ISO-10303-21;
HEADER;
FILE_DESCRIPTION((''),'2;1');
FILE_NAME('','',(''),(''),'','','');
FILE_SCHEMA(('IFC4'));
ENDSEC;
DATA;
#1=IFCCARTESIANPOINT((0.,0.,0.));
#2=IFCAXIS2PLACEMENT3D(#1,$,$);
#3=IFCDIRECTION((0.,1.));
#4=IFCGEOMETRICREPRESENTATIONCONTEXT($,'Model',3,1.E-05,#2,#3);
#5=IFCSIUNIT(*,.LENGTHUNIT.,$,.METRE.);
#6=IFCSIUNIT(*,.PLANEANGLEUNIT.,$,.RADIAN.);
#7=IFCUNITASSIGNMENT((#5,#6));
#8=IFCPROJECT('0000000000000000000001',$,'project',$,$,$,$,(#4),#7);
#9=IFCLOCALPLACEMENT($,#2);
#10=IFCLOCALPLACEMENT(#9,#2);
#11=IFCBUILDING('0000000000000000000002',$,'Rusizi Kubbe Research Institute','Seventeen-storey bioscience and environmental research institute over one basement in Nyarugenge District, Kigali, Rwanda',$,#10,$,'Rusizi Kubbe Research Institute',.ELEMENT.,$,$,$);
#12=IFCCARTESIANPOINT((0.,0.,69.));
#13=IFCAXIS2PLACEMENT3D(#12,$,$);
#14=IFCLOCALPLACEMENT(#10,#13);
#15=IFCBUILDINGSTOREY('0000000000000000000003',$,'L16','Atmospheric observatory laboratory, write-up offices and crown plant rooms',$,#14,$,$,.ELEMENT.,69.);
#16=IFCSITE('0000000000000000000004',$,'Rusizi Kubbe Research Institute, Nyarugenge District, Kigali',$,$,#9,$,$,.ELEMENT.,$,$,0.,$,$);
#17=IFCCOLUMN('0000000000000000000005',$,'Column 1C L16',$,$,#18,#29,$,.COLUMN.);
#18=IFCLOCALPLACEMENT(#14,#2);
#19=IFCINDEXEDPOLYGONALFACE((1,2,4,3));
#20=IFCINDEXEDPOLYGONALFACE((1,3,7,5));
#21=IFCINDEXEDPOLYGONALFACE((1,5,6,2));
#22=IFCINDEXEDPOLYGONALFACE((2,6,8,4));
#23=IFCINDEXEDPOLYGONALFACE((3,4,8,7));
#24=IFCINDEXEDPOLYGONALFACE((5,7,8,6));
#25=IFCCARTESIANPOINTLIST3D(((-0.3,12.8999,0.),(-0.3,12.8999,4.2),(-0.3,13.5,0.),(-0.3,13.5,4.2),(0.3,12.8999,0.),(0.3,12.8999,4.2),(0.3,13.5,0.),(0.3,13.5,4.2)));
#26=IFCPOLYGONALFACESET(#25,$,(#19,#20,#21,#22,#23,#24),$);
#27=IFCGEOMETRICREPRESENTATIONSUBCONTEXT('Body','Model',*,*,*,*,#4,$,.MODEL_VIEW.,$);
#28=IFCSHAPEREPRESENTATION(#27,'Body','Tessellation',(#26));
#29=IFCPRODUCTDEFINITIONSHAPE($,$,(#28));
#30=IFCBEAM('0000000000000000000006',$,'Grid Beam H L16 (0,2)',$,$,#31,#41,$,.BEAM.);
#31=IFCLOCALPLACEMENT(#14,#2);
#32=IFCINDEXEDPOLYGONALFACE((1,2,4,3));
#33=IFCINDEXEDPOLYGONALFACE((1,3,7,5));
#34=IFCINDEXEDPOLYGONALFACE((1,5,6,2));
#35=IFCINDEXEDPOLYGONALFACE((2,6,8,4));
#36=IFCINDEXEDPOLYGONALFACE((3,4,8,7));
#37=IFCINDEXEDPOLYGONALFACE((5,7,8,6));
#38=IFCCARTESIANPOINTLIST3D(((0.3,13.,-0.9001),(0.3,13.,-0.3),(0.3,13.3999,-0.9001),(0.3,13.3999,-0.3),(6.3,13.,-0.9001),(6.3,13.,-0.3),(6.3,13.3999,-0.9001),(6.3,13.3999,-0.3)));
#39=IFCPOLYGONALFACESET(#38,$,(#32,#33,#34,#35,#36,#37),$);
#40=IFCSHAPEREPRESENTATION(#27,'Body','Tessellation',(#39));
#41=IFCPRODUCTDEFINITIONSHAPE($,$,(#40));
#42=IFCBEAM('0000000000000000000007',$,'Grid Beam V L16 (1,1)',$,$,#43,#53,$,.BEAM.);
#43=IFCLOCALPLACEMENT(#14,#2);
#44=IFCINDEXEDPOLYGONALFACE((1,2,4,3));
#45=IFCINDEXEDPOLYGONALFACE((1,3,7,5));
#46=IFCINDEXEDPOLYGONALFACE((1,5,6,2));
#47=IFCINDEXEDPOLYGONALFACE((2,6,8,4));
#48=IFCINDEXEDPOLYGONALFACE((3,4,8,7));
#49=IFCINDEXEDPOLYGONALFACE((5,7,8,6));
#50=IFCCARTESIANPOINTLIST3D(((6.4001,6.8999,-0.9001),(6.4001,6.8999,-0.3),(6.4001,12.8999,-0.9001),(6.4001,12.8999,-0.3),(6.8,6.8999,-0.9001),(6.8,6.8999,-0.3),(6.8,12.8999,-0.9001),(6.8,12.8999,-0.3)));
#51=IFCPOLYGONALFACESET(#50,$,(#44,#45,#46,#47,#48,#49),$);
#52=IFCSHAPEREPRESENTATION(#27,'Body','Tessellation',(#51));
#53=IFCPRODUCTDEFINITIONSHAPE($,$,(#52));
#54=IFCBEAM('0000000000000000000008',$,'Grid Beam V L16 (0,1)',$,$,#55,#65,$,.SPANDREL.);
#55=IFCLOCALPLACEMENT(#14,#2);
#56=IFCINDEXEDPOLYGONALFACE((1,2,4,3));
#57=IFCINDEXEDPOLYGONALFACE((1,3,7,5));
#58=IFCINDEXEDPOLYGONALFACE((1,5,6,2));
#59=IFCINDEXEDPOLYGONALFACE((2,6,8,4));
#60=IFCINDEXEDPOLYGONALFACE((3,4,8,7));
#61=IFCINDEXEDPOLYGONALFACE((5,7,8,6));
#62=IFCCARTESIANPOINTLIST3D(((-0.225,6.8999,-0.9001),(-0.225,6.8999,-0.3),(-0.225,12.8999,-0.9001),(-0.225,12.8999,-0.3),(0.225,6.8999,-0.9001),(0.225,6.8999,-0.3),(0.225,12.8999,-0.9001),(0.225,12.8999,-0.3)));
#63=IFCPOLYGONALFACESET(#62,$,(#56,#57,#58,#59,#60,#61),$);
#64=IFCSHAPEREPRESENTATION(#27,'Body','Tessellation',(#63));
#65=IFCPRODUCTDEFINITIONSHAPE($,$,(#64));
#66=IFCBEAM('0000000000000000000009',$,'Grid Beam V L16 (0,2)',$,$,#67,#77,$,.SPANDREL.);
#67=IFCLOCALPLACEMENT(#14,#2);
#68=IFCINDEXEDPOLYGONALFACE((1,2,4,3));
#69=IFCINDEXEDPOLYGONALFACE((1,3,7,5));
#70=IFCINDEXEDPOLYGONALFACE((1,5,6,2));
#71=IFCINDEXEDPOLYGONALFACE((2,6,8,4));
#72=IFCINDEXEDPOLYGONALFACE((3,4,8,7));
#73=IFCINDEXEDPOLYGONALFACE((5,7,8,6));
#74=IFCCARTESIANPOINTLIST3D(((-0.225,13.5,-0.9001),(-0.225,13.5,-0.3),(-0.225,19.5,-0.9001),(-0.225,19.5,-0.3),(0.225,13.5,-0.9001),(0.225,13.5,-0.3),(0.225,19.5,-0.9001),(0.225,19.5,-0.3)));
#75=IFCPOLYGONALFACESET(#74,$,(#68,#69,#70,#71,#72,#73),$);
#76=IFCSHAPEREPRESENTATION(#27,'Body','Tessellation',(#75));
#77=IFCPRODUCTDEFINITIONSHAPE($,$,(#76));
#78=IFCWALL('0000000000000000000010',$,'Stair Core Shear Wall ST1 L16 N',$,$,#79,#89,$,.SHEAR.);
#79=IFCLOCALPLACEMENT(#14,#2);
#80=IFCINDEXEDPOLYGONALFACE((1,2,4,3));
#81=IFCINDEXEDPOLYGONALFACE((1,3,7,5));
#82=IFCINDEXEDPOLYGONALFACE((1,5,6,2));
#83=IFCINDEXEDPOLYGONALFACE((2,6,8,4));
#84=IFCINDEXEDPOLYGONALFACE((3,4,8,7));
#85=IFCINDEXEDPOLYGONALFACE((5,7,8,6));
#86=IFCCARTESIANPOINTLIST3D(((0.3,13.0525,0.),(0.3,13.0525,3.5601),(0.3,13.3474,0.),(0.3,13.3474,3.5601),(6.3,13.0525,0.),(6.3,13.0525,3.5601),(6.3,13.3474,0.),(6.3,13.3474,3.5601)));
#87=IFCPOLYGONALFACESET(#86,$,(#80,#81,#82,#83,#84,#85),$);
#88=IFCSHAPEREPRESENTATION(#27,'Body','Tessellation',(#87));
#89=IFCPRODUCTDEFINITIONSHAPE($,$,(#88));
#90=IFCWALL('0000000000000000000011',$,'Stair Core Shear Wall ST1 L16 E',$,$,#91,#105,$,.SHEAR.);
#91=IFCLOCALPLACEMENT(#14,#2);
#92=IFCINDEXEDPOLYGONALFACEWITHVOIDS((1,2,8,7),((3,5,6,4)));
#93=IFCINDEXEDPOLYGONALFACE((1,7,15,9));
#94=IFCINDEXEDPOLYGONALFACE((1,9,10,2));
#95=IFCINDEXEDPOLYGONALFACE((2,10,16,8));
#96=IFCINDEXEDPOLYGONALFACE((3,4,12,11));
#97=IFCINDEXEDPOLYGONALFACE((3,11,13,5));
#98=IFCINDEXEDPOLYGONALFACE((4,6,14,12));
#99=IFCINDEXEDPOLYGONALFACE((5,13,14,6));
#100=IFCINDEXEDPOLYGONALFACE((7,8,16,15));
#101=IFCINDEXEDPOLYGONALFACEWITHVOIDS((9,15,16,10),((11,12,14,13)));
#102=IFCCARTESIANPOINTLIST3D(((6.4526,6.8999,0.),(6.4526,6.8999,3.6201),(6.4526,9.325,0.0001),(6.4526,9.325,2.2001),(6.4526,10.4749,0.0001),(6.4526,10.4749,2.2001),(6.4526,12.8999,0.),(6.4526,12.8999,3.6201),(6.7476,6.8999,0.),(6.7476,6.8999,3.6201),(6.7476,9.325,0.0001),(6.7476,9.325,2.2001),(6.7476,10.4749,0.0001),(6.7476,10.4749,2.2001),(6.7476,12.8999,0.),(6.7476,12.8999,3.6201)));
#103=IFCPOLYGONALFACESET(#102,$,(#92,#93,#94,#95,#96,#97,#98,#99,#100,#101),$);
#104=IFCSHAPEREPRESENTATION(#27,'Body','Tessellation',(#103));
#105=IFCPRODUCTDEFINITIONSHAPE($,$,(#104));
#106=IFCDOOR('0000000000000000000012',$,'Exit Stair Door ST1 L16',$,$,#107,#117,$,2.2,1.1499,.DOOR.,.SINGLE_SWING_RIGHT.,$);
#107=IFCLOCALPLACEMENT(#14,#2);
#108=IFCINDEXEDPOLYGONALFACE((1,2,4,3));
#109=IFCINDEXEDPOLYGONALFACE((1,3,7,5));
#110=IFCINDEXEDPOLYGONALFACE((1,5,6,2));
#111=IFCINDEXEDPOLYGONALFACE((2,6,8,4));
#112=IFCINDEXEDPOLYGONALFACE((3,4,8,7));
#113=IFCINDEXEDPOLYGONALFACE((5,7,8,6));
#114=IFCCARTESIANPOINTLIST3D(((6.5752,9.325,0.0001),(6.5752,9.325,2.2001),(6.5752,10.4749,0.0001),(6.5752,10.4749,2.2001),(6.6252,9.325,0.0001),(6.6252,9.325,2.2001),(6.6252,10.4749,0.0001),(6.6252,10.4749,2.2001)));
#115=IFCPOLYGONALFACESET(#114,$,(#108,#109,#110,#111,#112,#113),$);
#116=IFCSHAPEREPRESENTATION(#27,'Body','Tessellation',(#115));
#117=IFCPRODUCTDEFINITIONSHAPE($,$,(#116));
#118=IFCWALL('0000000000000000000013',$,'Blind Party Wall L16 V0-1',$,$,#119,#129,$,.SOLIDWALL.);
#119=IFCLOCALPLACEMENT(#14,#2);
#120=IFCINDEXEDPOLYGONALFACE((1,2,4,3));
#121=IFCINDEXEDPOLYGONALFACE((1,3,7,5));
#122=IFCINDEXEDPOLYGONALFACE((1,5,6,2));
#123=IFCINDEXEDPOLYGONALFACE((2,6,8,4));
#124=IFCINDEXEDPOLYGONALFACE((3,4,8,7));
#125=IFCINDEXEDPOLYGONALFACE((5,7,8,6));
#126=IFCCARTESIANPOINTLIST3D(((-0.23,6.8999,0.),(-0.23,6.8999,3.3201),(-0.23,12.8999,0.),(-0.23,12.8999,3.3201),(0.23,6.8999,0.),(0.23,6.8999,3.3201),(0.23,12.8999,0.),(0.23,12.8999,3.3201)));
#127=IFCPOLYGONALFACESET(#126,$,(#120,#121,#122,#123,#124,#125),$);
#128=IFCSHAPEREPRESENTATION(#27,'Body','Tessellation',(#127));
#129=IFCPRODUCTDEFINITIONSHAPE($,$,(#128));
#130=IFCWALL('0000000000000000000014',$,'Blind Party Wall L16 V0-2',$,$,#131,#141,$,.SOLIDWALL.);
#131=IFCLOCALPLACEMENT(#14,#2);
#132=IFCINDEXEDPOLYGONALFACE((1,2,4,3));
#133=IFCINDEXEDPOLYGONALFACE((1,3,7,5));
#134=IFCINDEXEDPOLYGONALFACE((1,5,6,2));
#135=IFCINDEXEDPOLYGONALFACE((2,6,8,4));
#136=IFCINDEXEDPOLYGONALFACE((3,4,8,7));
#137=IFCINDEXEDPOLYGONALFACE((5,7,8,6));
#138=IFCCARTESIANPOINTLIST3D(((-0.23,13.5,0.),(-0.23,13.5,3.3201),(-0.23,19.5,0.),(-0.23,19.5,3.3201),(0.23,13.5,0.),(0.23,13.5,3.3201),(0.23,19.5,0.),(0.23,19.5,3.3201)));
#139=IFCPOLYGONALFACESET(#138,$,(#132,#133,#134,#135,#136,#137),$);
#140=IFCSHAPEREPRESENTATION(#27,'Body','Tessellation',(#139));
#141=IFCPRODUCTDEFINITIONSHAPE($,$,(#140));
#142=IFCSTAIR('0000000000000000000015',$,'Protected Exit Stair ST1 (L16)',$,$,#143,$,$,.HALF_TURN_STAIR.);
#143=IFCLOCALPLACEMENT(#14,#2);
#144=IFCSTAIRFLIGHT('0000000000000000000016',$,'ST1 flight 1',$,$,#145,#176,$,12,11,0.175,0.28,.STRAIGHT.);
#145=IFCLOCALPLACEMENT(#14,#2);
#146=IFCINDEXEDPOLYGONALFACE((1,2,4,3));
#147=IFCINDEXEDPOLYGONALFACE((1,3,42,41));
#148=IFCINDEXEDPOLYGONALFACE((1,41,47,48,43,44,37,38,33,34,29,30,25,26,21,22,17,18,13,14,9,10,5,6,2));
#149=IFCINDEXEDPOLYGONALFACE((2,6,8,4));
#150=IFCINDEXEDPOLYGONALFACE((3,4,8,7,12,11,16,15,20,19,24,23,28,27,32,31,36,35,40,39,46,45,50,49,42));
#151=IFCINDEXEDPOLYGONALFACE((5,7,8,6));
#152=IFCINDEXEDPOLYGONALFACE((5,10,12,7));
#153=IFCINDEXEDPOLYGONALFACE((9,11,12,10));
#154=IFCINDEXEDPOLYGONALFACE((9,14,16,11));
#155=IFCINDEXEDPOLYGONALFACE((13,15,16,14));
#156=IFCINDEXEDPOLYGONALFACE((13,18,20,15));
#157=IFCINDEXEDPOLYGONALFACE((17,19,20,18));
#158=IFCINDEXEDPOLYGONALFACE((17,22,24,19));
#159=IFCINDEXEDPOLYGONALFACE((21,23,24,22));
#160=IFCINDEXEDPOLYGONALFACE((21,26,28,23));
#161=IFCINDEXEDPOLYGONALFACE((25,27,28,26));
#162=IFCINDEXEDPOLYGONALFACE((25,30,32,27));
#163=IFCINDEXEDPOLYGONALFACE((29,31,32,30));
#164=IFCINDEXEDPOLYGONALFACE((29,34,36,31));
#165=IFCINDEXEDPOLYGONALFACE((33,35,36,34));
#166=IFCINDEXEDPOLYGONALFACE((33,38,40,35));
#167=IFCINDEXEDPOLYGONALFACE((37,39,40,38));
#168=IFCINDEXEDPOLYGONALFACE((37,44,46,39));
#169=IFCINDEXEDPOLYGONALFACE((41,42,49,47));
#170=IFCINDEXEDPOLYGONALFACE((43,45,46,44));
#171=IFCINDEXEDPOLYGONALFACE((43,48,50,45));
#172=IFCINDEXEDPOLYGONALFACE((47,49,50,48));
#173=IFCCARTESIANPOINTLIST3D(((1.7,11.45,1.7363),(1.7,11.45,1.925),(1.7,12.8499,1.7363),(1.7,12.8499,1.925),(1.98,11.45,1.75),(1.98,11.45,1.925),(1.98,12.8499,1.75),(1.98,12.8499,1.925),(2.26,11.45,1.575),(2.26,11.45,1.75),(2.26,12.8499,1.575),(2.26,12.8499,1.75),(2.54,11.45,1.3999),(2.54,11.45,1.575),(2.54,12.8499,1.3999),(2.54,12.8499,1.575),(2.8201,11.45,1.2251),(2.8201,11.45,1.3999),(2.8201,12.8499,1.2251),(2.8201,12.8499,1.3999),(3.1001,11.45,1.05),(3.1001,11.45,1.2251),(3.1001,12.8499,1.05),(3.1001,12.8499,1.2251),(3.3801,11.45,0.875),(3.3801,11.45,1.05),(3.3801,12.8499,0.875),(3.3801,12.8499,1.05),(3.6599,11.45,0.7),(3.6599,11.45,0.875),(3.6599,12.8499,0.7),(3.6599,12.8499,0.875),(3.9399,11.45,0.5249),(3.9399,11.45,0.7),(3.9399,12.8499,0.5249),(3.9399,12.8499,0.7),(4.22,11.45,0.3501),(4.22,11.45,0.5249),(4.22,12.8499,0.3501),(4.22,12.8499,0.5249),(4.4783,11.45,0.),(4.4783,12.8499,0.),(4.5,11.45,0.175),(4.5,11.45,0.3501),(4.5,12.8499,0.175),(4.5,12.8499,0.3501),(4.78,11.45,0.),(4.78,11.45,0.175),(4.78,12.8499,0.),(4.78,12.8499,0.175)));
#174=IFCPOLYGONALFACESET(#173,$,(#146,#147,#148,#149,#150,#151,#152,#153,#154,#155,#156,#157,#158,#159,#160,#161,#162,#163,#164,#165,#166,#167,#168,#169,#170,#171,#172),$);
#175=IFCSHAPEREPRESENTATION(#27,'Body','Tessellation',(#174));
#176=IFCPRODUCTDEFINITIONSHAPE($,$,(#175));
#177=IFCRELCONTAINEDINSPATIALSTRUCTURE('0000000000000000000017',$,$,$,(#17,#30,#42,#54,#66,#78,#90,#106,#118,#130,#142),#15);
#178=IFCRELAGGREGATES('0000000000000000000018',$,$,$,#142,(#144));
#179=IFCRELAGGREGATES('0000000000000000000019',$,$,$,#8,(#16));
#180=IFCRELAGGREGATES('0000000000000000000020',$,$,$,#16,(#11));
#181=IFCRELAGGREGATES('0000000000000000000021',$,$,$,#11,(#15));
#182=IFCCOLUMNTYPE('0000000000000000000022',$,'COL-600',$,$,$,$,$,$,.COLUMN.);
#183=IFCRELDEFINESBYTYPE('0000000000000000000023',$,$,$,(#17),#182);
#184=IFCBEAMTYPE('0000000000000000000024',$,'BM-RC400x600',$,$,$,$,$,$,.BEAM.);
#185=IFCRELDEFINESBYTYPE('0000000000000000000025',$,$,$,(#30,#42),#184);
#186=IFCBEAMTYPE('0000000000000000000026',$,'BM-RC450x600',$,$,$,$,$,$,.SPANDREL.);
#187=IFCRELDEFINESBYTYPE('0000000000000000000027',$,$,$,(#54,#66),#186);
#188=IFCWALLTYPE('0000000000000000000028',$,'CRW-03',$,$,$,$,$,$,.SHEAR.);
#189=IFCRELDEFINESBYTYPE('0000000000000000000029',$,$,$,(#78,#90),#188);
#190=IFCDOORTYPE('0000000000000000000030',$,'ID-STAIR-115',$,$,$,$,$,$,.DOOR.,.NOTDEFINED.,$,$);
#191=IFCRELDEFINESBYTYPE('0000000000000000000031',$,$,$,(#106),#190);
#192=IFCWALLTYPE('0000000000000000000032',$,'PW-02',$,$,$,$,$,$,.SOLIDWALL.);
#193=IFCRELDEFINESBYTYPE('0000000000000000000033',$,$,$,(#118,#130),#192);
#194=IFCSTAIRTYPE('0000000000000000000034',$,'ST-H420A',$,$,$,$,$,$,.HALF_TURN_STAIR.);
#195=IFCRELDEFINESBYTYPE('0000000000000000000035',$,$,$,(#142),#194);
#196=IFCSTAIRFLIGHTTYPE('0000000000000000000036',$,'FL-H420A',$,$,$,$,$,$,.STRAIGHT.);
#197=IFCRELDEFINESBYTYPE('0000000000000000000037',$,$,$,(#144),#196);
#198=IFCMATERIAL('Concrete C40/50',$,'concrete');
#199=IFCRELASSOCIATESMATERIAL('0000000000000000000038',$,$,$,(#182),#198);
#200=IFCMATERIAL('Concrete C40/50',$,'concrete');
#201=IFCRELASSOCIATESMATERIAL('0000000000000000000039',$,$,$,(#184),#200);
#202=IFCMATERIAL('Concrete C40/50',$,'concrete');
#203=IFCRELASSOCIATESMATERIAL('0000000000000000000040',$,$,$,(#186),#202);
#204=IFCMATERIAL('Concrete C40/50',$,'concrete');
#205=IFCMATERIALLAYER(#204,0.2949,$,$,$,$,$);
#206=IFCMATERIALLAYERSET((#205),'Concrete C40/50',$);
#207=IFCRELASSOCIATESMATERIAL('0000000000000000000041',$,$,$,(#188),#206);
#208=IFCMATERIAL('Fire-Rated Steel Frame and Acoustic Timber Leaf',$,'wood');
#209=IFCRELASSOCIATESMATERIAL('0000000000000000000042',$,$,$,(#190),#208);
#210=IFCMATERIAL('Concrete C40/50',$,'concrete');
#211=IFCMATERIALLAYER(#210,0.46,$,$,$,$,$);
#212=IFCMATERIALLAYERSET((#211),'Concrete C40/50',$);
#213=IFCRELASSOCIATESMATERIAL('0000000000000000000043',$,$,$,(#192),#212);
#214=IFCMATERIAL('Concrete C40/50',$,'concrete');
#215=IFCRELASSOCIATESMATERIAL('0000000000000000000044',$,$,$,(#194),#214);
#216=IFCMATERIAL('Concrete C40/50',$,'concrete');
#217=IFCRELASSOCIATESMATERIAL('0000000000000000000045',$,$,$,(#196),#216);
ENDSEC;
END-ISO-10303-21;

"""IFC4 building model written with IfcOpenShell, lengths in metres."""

from ifc_helpers import new_model, si_unit, direction, frame, frame_2d, origin, origin_2d, place, context, subcontext, project, spatial, polyline, rectangle, outline, extrude, material, layer, layer_set, material_profile, profile_set, type_object, element, fill, aggregate, save


model = new_model("IFC4")

# Units and contexts
model_context = context("Model", 3, precision=1e-05, world=origin(), true_north=direction((0.0, 1.0)))
body_context = subcontext(model_context, "Body", "Model", "MODEL_VIEW")
ifc_project = project(units=[si_unit("LENGTHUNIT", "METRE"), si_unit("PLANEANGLEUNIT", "RADIAN")], contexts=[model_context])

# Site, building, storey
site_placement = place(None, origin())
site = spatial("IfcSite", under=ifc_project, at=site_placement, Name="Rusizi Kubbe Research Institute, Nyarugenge District, Kigali", CompositionType="ELEMENT", RefElevation=0.0)
building_placement = place(site_placement, origin())
building = spatial("IfcBuilding", under=site, at=building_placement, Name="Rusizi Kubbe Research Institute", Description="Seventeen-storey bioscience and environmental research institute over one basement in Nyarugenge District, Kigali, Rwanda", LongName="Rusizi Kubbe Research Institute", CompositionType="ELEMENT")
storey_placement = place(building_placement, frame((0.0, 0.0, 69.0)))
storey = spatial("IfcBuildingStorey", under=building, at=storey_placement, Name="L16", Description="Atmospheric observatory laboratory, write-up offices and crown plant rooms", CompositionType="ELEMENT", Elevation=69.0)

# Column
ifc_material_1 = material(Name="Concrete C40/50", Category="concrete")
ifc_material_profile_1 = material_profile(ifc_material_1, rectangle(XDim=0.6001, YDim=0.6001, at=origin_2d()), Name="RC600x600")
ifc_profile_set_1 = profile_set([ifc_material_profile_1], Name="Concrete C40/50")
column_type = type_object("IfcColumnType", Name="COL-600", PredefinedType="COLUMN", material=ifc_profile_set_1)
column_placement = place(storey_placement, frame((0.0, 13.2, 0.0), z_axis=(0.0, 0.0, 1.0), x_axis=(1.0, 0.0, 0.0)))
element("IfcColumn", 1, at=column_placement, inside=storey, type_object=column_type, Name="Column 1C L16", PredefinedType="COLUMN", context=body_context, shape_type="SweptSolid", body=[
    extrude(rectangle(XDim=0.6001, YDim=0.6001, at=origin_2d()), origin(), (0.0, 0.0, 1.0), 4.2),
])

# Beams
ifc_material_2 = material(Name="Concrete C40/50", Category="concrete")
ifc_material_profile_2 = material_profile(ifc_material_2, rectangle(XDim=0.3999, YDim=0.6001, at=origin_2d()), Name="RC400x600")
ifc_profile_set_2 = profile_set([ifc_material_profile_2], Name="Concrete C40/50")
beam_type_1 = type_object("IfcBeamType", Name="BM-RC400x600", PredefinedType="BEAM", material=ifc_profile_set_2)
for number, where, z_axis, x_axis, name in (
    (2, (0.3, 13.2, -0.6001), (1.0, 0.0, 0.0), (0.0, 1.0, 0.0), "Grid Beam H L16 (0,2)"),
    (3, (6.6001, 6.8999, -0.6001), (0.0, 1.0, 0.0), (-1.0, 0.0, 0.0), "Grid Beam V L16 (1,1)"),
):
    element("IfcBeam", number, at=place(storey_placement, frame(where, z_axis=z_axis, x_axis=x_axis)), inside=storey, type_object=beam_type_1, Name=name, PredefinedType="BEAM", context=body_context, shape_type="SweptSolid", body=[
        extrude(rectangle(XDim=0.3999, YDim=0.6001, at=origin_2d()), origin(), (0.0, 0.0, 1.0), 6.0),
    ])
ifc_material_3 = material(Name="Concrete C40/50", Category="concrete")
ifc_material_profile_3 = material_profile(ifc_material_3, rectangle(XDim=0.45, YDim=0.6001, at=origin_2d()), Name="RC450x600")
ifc_profile_set_3 = profile_set([ifc_material_profile_3], Name="Concrete C40/50")
beam_type_2 = type_object("IfcBeamType", Name="BM-RC450x600", PredefinedType="SPANDREL", material=ifc_profile_set_3)
for number, where, z_axis, x_axis, name in (
    (4, (0.0, 6.8999, -0.6001), (0.0, 1.0, 0.0), (-1.0, 0.0, 0.0), "Grid Beam V L16 (0,1)"),
    (5, (0.0, 13.5, -0.6001), (0.0, 1.0, 0.0), (-1.0, 0.0, 0.0), "Grid Beam V L16 (0,2)"),
):
    element("IfcBeam", number, at=place(storey_placement, frame(where, z_axis=z_axis, x_axis=x_axis)), inside=storey, type_object=beam_type_2, Name=name, PredefinedType="SPANDREL", context=body_context, shape_type="SweptSolid", body=[
        extrude(rectangle(XDim=0.45, YDim=0.6001, at=origin_2d()), origin(), (0.0, 0.0, 1.0), 6.0),
    ])

# Wall
ifc_material_4 = material(Name="Concrete C40/50", Category="concrete")
ifc_layer_1 = layer(ifc_material_4, 0.2949)
ifc_layer_set_1 = layer_set([ifc_layer_1], Name="Concrete C40/50")
wall_type_1 = type_object("IfcWallType", Name="CRW-03", PredefinedType="SHEAR", material=ifc_layer_set_1)
wall_1_placement = place(storey_placement, frame((0.3, 13.2, 0.0), z_axis=(0.0, 0.0, 1.0), x_axis=(1.0, 0.0, 0.0)))
element("IfcWall", 6, at=wall_1_placement, inside=storey, type_object=wall_type_1, Name="Stair Core Shear Wall ST1 L16 N", PredefinedType="SHEAR", context=body_context, shape_type="SweptSolid", body=[
    extrude(rectangle(XDim=6.0, YDim=0.2949, at=frame_2d((3.0, 0.0))), origin(), (0.0, 0.0, 1.0), 3.5601),
])

# Wall, opening, door
wall_2_placement = place(storey_placement, frame((6.6001, 6.8999, 0.0), z_axis=(0.0, 0.0, 1.0), x_axis=(0.0, 1.0, 0.0)))
wall_2 = element("IfcWall", 7, at=wall_2_placement, inside=storey, type_object=wall_type_1, Name="Stair Core Shear Wall ST1 L16 E", PredefinedType="SHEAR", context=body_context, shape_type="SweptSolid", body=[
    extrude(rectangle(XDim=6.0, YDim=0.2949, at=frame_2d((3.0, 0.0))), origin(), (0.0, 0.0, 1.0), 3.6201),
])
opening_1_placement = place(wall_2_placement, frame((2.425, 0.0, 0.0)))
opening_1 = element("IfcOpeningElement", 8, at=opening_1_placement, cuts=wall_2, PredefinedType="OPENING", context=body_context, shape_type="SweptSolid", body=[
    extrude(rectangle(XDim=1.1499, YDim=2.2, at=frame_2d((0.575, 1.1001))), frame((0.0, 0.1575, 0.0), z_axis=(0.0, -1.0, 0.0), x_axis=(1.0, 0.0, 0.0)), (0.0, 0.0, 1.0), 0.3149),
])
ifc_material_5 = material(Name="Fire-Rated Steel Frame and Acoustic Timber Leaf", Category="wood")
door_type_1 = type_object("IfcDoorType", Name="ID-STAIR-115", OperationType="NOTDEFINED", PredefinedType="DOOR", material=ifc_material_5)
door_1_placement = place(opening_1_placement, origin())
door_1 = element("IfcDoor", 9, at=door_1_placement, inside=storey, type_object=door_type_1, Name="Exit Stair Door ST1 L16", OperationType="SINGLE_SWING_RIGHT", OverallHeight=2.2, OverallWidth=1.1499, PredefinedType="DOOR", context=body_context, shape_type="SweptSolid", body=[
    extrude(rectangle(XDim=1.1499, YDim=2.2, at=frame_2d((0.575, 1.1001))), frame((0.0, 0.0249, 0.0), z_axis=(0.0, -1.0, 0.0), x_axis=(1.0, 0.0, 0.0)), (0.0, 0.0, 1.0), 0.05),
])
fill(opening_1, door_1)

# Walls
ifc_material_6 = material(Name="Concrete C40/50", Category="concrete")
ifc_layer_2 = layer(ifc_material_6, 0.46)
ifc_layer_set_2 = layer_set([ifc_layer_2], Name="Concrete C40/50")
wall_type_2 = type_object("IfcWallType", Name="PW-02", PredefinedType="SOLIDWALL", material=ifc_layer_set_2)
for number, where, z_axis, x_axis, name in (
    (10, (0.0, 6.8999, 0.0), (0.0, 0.0, 1.0), (0.0, 1.0, 0.0), "Blind Party Wall L16 V0-1"),
    (11, (0.0, 13.5, 0.0), (0.0, 0.0, 1.0), (0.0, 1.0, 0.0), "Blind Party Wall L16 V0-2"),
):
    element("IfcWall", number, at=place(storey_placement, frame(where, z_axis=z_axis, x_axis=x_axis)), inside=storey, type_object=wall_type_2, Name=name, PredefinedType="SOLIDWALL", context=body_context, shape_type="SweptSolid", body=[
        extrude(rectangle(XDim=6.0, YDim=0.46, at=frame_2d((3.0, 0.0))), origin(), (0.0, 0.0, 1.0), 3.3201),
    ])

# Stair, stair flight
ifc_material_7 = material(Name="Concrete C40/50", Category="concrete")
stair_type = type_object("IfcStairType", Name="ST-H420A", PredefinedType="HALF_TURN_STAIR", material=ifc_material_7)
stair_placement = place(storey_placement, origin())
stair = element("IfcStair", 12, at=stair_placement, inside=storey, type_object=stair_type, Name="Protected Exit Stair ST1 (L16)", PredefinedType="HALF_TURN_STAIR")
ifc_material_8 = material(Name="Concrete C40/50", Category="concrete")
stair_flight_type = type_object("IfcStairFlightType", Name="FL-H420A", PredefinedType="STRAIGHT", material=ifc_material_8)
stair_flight_1_placement = place(storey_placement, frame((4.78, 12.1499, 0.0), z_axis=(0.0, 0.0, 1.0), x_axis=(-1.0, 0.0, 0.0)))
stair_flight_1 = element("IfcStairFlight", 13, at=stair_flight_1_placement, type_object=stair_flight_type, Name="ST1 flight 1", NumberOfRisers=12, NumberOfTreads=11, PredefinedType="STRAIGHT", RiserHeight=0.175, TreadLength=0.28, context=body_context, shape_type="SweptSolid", body=[
    extrude(outline(polyline([(0.0, 0.0), (0.0, 0.175), (0.28, 0.175), (0.28, 0.3501), (0.5601, 0.3501), (0.5601, 0.5249), (0.8401, 0.5249), (0.8401, 0.7), (1.1201, 0.7), (1.1201, 0.875), (1.3999, 0.875), (1.3999, 1.05), (1.6799, 1.05), (1.6799, 1.2251), (1.96, 1.2251), (1.96, 1.3999), (2.24, 1.3999), (2.24, 1.575), (2.52, 1.575), (2.52, 1.75), (2.8, 1.75), (2.8, 1.925), (3.0801, 1.925), (3.0801, 2.1001), (3.0801, 1.7363), (0.3018, 0.0), (0.0, 0.0)])), frame((0.0, 0.7, 0.0), z_axis=(0.0, -1.0, 0.0), x_axis=(1.0, 0.0, 0.0)), (0.0, 0.0, 1.0), 1.3999),
])
aggregate(stair, [stair_flight_1])

save(model, "model.ifc")
